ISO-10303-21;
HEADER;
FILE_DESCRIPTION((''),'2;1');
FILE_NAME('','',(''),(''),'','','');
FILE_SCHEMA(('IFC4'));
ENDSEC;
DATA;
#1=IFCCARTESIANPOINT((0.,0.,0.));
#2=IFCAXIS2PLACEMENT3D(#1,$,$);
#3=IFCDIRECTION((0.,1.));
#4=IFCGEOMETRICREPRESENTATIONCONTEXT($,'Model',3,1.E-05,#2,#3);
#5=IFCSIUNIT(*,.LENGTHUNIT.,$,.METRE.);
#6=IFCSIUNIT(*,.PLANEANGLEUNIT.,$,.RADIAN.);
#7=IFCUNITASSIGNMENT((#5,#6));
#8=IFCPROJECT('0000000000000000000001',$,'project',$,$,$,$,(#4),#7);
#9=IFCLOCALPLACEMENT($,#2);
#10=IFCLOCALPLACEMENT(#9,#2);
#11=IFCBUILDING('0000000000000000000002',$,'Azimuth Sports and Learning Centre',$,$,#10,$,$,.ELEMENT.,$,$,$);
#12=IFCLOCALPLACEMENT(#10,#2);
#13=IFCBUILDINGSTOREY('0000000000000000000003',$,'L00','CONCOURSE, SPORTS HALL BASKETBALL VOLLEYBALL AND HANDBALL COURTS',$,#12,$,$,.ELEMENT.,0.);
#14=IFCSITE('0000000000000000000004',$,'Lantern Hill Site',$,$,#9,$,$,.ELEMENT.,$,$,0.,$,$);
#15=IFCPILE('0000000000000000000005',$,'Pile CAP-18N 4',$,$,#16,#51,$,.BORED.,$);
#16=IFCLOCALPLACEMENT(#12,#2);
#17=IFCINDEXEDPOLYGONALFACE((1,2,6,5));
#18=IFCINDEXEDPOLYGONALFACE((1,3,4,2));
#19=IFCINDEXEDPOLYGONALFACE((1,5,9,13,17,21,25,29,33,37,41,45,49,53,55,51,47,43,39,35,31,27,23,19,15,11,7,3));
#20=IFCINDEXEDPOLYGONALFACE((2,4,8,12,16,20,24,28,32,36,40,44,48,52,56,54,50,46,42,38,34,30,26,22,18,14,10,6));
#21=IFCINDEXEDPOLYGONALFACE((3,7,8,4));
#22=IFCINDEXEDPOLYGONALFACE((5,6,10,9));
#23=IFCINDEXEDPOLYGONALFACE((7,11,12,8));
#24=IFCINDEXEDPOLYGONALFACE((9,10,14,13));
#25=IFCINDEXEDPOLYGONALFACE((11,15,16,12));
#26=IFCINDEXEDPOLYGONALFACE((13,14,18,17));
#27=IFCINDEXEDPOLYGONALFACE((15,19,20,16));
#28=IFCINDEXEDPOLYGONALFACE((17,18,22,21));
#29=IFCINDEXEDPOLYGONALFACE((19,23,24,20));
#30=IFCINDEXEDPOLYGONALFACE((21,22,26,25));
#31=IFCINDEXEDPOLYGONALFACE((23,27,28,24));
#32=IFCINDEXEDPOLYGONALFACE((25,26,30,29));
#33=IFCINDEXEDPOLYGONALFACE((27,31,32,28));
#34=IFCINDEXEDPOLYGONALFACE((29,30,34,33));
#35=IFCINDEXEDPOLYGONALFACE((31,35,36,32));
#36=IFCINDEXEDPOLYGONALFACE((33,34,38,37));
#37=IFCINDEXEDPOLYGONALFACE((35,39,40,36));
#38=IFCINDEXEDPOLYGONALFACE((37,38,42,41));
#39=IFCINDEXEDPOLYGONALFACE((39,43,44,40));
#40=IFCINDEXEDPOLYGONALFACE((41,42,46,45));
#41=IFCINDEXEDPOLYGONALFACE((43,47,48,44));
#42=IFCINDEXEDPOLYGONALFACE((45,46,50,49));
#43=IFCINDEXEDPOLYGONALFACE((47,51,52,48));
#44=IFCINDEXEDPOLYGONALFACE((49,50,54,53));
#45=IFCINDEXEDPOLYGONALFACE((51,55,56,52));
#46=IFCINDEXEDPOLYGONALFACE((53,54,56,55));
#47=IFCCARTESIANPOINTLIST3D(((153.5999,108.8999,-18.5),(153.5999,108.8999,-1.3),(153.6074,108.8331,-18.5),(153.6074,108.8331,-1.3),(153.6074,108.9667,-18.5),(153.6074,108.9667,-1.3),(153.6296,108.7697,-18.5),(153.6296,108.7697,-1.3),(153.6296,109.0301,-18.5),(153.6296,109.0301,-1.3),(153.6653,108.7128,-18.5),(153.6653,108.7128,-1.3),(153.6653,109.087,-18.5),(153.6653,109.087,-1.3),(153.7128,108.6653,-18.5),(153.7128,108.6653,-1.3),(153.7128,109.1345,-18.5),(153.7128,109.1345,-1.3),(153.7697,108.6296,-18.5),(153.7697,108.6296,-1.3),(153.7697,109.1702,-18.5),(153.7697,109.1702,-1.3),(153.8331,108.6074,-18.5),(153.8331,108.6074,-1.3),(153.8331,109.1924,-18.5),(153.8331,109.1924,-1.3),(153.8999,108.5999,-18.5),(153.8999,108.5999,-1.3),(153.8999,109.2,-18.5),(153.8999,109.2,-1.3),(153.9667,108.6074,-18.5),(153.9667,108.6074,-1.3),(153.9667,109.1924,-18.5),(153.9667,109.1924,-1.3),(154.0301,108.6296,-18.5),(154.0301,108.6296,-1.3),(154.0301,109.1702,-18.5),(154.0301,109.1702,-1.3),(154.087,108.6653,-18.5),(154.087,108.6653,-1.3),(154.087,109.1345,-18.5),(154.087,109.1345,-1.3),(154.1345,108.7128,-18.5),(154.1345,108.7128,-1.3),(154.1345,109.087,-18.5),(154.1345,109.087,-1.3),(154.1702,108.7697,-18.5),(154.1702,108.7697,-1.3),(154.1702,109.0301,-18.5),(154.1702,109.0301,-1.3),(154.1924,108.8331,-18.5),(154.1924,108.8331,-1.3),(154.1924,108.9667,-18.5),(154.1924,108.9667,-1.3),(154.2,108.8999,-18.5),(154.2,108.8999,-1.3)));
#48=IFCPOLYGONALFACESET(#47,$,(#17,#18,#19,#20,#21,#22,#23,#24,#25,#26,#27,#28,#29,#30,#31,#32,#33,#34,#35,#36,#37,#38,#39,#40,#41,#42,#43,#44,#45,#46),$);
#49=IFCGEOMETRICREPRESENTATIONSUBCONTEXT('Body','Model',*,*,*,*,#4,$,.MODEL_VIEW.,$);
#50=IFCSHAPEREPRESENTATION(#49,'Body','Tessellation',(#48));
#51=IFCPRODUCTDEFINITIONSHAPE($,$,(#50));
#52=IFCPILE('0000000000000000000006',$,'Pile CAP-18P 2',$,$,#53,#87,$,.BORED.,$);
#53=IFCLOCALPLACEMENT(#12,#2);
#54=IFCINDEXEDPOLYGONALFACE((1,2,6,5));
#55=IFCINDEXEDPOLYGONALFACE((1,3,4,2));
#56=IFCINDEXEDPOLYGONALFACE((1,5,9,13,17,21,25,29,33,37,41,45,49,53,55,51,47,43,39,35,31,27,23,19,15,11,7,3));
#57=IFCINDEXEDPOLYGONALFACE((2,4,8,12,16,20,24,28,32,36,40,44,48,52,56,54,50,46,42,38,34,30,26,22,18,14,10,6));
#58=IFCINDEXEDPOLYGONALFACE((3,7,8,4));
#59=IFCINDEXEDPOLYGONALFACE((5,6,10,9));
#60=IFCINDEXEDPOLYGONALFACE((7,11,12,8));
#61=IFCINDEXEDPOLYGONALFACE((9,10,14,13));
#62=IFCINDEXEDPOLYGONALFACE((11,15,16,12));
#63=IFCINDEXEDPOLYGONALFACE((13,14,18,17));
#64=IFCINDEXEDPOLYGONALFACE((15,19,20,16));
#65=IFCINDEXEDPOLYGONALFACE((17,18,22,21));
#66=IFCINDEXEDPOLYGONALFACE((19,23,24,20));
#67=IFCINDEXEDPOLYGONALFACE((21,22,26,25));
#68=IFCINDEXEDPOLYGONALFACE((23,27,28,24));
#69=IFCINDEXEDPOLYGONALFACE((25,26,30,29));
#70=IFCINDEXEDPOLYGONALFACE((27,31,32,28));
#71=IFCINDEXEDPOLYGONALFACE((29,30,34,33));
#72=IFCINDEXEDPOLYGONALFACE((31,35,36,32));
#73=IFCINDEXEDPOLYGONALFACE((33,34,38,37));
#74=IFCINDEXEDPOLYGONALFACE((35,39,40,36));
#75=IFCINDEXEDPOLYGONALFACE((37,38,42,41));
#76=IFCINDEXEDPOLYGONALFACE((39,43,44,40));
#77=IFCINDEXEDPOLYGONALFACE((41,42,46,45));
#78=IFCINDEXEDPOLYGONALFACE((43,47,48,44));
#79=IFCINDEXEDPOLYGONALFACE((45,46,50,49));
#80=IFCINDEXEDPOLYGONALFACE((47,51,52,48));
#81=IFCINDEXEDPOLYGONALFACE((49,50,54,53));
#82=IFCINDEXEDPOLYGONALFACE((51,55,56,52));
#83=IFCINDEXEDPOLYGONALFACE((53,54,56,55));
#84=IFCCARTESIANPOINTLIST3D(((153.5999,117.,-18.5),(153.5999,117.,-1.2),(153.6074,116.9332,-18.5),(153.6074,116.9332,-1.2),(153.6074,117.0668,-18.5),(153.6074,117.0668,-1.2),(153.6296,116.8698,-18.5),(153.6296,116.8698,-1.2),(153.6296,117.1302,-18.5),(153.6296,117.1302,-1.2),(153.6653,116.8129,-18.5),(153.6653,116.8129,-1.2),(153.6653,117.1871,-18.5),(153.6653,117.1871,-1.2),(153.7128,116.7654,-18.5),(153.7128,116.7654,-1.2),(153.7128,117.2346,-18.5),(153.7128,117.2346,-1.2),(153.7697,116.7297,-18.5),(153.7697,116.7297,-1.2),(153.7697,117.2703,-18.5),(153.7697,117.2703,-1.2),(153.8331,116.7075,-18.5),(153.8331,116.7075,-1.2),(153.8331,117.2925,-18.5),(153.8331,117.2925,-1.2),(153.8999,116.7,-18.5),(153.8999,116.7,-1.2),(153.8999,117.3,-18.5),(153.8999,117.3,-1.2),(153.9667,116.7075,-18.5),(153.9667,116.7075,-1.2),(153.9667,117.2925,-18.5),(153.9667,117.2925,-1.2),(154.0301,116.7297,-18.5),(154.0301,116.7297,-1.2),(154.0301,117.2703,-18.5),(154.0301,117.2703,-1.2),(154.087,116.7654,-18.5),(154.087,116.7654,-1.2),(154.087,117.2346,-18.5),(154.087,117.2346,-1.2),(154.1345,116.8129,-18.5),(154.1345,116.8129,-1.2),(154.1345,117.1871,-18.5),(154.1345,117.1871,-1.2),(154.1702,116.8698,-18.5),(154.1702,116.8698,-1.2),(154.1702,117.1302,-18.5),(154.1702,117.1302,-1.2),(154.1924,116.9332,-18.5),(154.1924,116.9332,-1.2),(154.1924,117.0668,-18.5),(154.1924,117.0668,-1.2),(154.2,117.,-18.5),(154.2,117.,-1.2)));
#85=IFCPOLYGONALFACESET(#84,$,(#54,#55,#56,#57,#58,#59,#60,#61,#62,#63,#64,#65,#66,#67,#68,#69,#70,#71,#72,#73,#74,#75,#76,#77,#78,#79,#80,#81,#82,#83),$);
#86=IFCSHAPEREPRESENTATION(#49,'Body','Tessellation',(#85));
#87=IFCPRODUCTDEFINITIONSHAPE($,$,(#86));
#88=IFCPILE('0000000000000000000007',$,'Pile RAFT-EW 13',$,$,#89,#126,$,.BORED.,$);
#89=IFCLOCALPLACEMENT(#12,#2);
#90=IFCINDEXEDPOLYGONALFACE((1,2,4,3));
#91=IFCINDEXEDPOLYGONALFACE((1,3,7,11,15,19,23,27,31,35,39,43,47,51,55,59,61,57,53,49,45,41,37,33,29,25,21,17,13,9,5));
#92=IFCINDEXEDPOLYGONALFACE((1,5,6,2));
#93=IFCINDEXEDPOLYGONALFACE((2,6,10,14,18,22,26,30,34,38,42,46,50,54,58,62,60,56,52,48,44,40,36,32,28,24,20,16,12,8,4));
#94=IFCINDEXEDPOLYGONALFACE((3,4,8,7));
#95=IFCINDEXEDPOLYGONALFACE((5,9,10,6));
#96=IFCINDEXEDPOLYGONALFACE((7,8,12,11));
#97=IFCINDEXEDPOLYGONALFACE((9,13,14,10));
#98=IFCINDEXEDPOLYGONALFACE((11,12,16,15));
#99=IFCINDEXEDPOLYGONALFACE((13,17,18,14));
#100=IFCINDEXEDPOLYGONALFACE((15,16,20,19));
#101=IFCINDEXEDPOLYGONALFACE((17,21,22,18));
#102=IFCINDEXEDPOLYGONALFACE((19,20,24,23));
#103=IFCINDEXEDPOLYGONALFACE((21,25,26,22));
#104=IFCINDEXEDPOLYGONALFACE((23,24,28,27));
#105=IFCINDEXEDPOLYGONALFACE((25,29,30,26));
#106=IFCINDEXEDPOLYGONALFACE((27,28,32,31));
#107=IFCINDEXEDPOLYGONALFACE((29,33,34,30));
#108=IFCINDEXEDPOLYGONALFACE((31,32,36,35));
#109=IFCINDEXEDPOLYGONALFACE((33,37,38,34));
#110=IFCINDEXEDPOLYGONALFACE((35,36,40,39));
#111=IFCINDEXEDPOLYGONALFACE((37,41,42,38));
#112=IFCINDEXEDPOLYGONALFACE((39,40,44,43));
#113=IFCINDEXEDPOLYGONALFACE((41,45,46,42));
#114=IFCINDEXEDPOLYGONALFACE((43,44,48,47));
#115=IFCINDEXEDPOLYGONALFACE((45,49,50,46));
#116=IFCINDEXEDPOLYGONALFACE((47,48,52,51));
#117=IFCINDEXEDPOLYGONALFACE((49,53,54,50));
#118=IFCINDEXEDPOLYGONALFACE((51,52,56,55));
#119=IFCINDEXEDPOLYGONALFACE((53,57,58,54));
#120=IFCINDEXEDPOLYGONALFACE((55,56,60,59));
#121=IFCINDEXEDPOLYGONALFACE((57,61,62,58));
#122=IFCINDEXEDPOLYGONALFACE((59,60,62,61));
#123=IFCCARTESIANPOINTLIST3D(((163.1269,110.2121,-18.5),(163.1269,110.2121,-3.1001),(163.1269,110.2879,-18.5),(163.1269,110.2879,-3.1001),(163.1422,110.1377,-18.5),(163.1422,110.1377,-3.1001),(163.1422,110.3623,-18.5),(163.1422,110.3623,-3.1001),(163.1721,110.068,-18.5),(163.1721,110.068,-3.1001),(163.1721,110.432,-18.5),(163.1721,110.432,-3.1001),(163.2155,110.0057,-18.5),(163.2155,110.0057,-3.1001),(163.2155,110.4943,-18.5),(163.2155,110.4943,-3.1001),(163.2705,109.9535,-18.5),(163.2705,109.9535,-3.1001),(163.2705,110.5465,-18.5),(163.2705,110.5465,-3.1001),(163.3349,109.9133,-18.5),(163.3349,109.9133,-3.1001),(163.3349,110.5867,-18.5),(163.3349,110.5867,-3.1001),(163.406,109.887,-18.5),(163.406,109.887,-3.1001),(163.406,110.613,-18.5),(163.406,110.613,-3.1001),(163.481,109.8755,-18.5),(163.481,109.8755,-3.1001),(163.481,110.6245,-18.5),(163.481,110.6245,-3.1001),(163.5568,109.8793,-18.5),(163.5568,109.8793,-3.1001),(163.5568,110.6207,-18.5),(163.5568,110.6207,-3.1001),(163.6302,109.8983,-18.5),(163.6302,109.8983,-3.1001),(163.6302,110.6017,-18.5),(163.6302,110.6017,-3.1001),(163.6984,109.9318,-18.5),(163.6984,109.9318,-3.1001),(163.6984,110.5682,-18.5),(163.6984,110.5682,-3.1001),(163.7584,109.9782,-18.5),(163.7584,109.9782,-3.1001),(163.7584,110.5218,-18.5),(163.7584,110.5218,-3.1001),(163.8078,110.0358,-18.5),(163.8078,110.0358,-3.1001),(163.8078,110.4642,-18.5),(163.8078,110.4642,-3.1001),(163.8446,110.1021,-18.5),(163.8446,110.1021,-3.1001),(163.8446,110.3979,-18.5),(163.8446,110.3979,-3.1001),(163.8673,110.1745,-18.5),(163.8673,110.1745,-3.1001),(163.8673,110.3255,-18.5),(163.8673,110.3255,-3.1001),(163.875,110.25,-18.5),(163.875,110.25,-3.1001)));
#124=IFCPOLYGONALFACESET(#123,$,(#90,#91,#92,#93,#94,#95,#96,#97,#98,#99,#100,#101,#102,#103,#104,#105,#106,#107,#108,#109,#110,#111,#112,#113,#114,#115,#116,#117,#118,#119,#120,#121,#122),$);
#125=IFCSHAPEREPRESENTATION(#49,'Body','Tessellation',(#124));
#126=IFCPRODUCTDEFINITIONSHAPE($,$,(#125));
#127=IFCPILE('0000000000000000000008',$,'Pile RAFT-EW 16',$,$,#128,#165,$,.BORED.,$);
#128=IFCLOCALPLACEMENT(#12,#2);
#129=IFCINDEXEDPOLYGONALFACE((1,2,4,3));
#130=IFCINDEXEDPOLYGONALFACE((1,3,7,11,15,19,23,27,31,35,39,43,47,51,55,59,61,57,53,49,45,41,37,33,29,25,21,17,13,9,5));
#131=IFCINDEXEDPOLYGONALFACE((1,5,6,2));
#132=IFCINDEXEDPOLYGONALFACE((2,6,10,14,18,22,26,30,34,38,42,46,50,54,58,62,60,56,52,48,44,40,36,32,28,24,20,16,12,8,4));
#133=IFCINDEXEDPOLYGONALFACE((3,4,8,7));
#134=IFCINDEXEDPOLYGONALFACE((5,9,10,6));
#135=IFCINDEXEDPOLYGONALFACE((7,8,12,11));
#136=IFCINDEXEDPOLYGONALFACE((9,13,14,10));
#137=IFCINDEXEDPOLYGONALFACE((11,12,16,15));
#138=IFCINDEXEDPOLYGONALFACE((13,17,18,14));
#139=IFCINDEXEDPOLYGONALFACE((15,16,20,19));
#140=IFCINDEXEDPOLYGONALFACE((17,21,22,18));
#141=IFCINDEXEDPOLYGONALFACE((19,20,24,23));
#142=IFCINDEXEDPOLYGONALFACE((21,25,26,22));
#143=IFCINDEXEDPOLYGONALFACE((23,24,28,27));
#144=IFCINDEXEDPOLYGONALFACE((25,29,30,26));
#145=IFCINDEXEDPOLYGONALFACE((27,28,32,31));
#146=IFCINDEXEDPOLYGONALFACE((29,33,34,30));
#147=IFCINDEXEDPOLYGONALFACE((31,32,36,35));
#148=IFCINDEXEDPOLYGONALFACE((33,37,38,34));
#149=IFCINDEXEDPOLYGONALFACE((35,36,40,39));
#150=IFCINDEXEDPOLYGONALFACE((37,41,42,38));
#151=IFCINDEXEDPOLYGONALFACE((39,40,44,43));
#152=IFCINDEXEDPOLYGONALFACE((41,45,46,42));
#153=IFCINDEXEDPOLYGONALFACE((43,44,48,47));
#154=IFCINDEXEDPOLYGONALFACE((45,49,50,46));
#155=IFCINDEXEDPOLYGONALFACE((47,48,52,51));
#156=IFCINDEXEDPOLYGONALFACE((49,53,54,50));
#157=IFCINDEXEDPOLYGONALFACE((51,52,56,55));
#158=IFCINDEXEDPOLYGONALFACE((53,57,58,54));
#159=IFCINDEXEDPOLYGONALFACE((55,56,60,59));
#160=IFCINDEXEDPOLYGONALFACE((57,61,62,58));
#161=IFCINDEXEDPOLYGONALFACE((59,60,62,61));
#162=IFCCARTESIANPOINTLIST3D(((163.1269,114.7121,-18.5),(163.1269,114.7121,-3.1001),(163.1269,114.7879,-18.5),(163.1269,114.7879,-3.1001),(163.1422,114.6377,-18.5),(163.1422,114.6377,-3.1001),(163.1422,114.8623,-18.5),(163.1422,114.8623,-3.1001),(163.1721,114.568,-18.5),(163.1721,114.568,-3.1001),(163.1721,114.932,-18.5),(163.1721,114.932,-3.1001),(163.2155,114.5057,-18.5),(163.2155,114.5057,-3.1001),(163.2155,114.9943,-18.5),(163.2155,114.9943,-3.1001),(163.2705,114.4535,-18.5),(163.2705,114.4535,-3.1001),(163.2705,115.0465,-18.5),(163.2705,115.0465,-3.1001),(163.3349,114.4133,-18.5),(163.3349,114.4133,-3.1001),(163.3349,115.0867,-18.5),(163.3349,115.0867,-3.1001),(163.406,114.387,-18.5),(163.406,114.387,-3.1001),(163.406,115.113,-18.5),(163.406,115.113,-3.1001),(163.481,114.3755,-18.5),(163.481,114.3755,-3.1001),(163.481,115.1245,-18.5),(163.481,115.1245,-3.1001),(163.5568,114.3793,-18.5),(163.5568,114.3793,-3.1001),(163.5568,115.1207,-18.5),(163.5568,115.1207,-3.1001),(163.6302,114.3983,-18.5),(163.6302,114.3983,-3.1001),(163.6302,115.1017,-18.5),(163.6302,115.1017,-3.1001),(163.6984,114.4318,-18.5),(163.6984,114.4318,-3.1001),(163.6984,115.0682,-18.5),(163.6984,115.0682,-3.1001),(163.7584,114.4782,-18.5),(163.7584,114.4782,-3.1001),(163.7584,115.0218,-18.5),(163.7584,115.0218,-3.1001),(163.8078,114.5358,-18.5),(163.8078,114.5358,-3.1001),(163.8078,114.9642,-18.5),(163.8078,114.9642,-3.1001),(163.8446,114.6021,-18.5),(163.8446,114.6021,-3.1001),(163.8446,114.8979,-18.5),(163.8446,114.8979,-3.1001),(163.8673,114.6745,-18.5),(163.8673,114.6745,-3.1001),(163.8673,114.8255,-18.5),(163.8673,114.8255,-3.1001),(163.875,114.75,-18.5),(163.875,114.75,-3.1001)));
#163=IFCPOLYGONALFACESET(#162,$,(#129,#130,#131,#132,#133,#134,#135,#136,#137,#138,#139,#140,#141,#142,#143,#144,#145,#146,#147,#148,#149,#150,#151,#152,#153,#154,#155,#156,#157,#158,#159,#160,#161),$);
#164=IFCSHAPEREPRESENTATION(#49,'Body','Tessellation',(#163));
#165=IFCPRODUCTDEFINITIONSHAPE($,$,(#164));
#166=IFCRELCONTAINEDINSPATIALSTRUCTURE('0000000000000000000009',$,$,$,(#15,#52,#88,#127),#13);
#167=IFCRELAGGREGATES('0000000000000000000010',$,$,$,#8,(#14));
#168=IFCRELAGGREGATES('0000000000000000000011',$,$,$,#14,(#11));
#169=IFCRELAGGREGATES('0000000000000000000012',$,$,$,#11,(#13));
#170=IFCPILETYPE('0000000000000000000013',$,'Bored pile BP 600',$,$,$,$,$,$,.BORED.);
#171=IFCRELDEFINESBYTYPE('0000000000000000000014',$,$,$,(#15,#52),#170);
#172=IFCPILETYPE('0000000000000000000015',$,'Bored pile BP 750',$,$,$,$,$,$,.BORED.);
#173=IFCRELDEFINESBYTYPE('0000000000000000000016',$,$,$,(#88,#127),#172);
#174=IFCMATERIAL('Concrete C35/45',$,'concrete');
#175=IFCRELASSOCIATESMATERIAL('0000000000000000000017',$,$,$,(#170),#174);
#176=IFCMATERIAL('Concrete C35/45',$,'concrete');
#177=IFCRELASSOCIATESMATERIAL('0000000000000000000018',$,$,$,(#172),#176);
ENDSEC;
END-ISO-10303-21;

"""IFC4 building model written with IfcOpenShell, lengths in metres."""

from ifc_helpers import new_model, si_unit, direction, frame, origin, origin_2d, place, context, subcontext, project, spatial, circle, extrude, material, material_profile, profile_set, type_object, element, save


model = new_model("IFC4")

# Units and contexts
model_context = context("Model", 3, precision=1e-05, world=origin(), true_north=direction((0.0, 1.0)))
body_context = subcontext(model_context, "Body", "Model", "MODEL_VIEW")
ifc_project = project(units=[si_unit("LENGTHUNIT", "METRE"), si_unit("PLANEANGLEUNIT", "RADIAN")], contexts=[model_context])

# Site, building, storey
site_placement = place(None, origin())
site = spatial("IfcSite", under=ifc_project, at=site_placement, Name="Lantern Hill Site", CompositionType="ELEMENT", RefElevation=0.0)
building_placement = place(site_placement, origin())
building = spatial("IfcBuilding", under=site, at=building_placement, Name="Azimuth Sports and Learning Centre", CompositionType="ELEMENT")
storey_placement = place(building_placement, origin())
storey = spatial("IfcBuildingStorey", under=building, at=storey_placement, Name="L00", Description="CONCOURSE, SPORTS HALL BASKETBALL VOLLEYBALL AND HANDBALL COURTS", CompositionType="ELEMENT", Elevation=0.0)

# Piles
ifc_material_1 = material(Name="Concrete C35/45", Category="concrete")
ifc_material_profile_1 = material_profile(ifc_material_1, circle(Radius=0.3, at=origin_2d()), Name="BP 600")
ifc_profile_set_1 = profile_set([ifc_material_profile_1], Name="Concrete C35/45")
pile_type_1 = type_object("IfcPileType", Name="Bored pile BP 600", PredefinedType="BORED", material=ifc_profile_set_1)
pile_1_placement = place(storey_placement, frame((153.8999, 108.8999, -1.3), z_axis=(0.0, 0.0, -1.0), x_axis=(1.0, 0.0, 0.0)))
element("IfcPile", 1, at=pile_1_placement, inside=storey, type_object=pile_type_1, Name="Pile CAP-18N 4", PredefinedType="BORED", context=body_context, shape_type="SweptSolid", body=[
    extrude(circle(Radius=0.3, at=origin_2d()), origin(), (0.0, 0.0, 1.0), 17.2),
])
pile_2_placement = place(storey_placement, frame((153.8999, 117.0, -1.2), z_axis=(0.0, 0.0, -1.0), x_axis=(1.0, 0.0, 0.0)))
element("IfcPile", 2, at=pile_2_placement, inside=storey, type_object=pile_type_1, Name="Pile CAP-18P 2", PredefinedType="BORED", context=body_context, shape_type="SweptSolid", body=[
    extrude(circle(Radius=0.3, at=origin_2d()), origin(), (0.0, 0.0, 1.0), 17.3),
])
ifc_material_2 = material(Name="Concrete C35/45", Category="concrete")
ifc_material_profile_2 = material_profile(ifc_material_2, circle(Radius=0.375, at=origin_2d()), Name="BP 750")
ifc_profile_set_2 = profile_set([ifc_material_profile_2], Name="Concrete C35/45")
pile_type_2 = type_object("IfcPileType", Name="Bored pile BP 750", PredefinedType="BORED", material=ifc_profile_set_2)
for number, where, z_axis, x_axis, name in (
    (3, (163.5, 110.25, -3.1001), (0.0, 0.0, -1.0), (1.0, 0.0, 0.0), "Pile RAFT-EW 13"),
    (4, (163.5, 114.75, -3.1001), (0.0, 0.0, -1.0), (1.0, 0.0, 0.0), "Pile RAFT-EW 16"),
):
    element("IfcPile", number, at=place(storey_placement, frame(where, z_axis=z_axis, x_axis=x_axis)), inside=storey, type_object=pile_type_2, Name=name, PredefinedType="BORED", context=body_context, shape_type="SweptSolid", body=[
        extrude(circle(Radius=0.375, at=origin_2d()), origin(), (0.0, 0.0, 1.0), 15.3999),
    ])

save(model, "model.ifc")
